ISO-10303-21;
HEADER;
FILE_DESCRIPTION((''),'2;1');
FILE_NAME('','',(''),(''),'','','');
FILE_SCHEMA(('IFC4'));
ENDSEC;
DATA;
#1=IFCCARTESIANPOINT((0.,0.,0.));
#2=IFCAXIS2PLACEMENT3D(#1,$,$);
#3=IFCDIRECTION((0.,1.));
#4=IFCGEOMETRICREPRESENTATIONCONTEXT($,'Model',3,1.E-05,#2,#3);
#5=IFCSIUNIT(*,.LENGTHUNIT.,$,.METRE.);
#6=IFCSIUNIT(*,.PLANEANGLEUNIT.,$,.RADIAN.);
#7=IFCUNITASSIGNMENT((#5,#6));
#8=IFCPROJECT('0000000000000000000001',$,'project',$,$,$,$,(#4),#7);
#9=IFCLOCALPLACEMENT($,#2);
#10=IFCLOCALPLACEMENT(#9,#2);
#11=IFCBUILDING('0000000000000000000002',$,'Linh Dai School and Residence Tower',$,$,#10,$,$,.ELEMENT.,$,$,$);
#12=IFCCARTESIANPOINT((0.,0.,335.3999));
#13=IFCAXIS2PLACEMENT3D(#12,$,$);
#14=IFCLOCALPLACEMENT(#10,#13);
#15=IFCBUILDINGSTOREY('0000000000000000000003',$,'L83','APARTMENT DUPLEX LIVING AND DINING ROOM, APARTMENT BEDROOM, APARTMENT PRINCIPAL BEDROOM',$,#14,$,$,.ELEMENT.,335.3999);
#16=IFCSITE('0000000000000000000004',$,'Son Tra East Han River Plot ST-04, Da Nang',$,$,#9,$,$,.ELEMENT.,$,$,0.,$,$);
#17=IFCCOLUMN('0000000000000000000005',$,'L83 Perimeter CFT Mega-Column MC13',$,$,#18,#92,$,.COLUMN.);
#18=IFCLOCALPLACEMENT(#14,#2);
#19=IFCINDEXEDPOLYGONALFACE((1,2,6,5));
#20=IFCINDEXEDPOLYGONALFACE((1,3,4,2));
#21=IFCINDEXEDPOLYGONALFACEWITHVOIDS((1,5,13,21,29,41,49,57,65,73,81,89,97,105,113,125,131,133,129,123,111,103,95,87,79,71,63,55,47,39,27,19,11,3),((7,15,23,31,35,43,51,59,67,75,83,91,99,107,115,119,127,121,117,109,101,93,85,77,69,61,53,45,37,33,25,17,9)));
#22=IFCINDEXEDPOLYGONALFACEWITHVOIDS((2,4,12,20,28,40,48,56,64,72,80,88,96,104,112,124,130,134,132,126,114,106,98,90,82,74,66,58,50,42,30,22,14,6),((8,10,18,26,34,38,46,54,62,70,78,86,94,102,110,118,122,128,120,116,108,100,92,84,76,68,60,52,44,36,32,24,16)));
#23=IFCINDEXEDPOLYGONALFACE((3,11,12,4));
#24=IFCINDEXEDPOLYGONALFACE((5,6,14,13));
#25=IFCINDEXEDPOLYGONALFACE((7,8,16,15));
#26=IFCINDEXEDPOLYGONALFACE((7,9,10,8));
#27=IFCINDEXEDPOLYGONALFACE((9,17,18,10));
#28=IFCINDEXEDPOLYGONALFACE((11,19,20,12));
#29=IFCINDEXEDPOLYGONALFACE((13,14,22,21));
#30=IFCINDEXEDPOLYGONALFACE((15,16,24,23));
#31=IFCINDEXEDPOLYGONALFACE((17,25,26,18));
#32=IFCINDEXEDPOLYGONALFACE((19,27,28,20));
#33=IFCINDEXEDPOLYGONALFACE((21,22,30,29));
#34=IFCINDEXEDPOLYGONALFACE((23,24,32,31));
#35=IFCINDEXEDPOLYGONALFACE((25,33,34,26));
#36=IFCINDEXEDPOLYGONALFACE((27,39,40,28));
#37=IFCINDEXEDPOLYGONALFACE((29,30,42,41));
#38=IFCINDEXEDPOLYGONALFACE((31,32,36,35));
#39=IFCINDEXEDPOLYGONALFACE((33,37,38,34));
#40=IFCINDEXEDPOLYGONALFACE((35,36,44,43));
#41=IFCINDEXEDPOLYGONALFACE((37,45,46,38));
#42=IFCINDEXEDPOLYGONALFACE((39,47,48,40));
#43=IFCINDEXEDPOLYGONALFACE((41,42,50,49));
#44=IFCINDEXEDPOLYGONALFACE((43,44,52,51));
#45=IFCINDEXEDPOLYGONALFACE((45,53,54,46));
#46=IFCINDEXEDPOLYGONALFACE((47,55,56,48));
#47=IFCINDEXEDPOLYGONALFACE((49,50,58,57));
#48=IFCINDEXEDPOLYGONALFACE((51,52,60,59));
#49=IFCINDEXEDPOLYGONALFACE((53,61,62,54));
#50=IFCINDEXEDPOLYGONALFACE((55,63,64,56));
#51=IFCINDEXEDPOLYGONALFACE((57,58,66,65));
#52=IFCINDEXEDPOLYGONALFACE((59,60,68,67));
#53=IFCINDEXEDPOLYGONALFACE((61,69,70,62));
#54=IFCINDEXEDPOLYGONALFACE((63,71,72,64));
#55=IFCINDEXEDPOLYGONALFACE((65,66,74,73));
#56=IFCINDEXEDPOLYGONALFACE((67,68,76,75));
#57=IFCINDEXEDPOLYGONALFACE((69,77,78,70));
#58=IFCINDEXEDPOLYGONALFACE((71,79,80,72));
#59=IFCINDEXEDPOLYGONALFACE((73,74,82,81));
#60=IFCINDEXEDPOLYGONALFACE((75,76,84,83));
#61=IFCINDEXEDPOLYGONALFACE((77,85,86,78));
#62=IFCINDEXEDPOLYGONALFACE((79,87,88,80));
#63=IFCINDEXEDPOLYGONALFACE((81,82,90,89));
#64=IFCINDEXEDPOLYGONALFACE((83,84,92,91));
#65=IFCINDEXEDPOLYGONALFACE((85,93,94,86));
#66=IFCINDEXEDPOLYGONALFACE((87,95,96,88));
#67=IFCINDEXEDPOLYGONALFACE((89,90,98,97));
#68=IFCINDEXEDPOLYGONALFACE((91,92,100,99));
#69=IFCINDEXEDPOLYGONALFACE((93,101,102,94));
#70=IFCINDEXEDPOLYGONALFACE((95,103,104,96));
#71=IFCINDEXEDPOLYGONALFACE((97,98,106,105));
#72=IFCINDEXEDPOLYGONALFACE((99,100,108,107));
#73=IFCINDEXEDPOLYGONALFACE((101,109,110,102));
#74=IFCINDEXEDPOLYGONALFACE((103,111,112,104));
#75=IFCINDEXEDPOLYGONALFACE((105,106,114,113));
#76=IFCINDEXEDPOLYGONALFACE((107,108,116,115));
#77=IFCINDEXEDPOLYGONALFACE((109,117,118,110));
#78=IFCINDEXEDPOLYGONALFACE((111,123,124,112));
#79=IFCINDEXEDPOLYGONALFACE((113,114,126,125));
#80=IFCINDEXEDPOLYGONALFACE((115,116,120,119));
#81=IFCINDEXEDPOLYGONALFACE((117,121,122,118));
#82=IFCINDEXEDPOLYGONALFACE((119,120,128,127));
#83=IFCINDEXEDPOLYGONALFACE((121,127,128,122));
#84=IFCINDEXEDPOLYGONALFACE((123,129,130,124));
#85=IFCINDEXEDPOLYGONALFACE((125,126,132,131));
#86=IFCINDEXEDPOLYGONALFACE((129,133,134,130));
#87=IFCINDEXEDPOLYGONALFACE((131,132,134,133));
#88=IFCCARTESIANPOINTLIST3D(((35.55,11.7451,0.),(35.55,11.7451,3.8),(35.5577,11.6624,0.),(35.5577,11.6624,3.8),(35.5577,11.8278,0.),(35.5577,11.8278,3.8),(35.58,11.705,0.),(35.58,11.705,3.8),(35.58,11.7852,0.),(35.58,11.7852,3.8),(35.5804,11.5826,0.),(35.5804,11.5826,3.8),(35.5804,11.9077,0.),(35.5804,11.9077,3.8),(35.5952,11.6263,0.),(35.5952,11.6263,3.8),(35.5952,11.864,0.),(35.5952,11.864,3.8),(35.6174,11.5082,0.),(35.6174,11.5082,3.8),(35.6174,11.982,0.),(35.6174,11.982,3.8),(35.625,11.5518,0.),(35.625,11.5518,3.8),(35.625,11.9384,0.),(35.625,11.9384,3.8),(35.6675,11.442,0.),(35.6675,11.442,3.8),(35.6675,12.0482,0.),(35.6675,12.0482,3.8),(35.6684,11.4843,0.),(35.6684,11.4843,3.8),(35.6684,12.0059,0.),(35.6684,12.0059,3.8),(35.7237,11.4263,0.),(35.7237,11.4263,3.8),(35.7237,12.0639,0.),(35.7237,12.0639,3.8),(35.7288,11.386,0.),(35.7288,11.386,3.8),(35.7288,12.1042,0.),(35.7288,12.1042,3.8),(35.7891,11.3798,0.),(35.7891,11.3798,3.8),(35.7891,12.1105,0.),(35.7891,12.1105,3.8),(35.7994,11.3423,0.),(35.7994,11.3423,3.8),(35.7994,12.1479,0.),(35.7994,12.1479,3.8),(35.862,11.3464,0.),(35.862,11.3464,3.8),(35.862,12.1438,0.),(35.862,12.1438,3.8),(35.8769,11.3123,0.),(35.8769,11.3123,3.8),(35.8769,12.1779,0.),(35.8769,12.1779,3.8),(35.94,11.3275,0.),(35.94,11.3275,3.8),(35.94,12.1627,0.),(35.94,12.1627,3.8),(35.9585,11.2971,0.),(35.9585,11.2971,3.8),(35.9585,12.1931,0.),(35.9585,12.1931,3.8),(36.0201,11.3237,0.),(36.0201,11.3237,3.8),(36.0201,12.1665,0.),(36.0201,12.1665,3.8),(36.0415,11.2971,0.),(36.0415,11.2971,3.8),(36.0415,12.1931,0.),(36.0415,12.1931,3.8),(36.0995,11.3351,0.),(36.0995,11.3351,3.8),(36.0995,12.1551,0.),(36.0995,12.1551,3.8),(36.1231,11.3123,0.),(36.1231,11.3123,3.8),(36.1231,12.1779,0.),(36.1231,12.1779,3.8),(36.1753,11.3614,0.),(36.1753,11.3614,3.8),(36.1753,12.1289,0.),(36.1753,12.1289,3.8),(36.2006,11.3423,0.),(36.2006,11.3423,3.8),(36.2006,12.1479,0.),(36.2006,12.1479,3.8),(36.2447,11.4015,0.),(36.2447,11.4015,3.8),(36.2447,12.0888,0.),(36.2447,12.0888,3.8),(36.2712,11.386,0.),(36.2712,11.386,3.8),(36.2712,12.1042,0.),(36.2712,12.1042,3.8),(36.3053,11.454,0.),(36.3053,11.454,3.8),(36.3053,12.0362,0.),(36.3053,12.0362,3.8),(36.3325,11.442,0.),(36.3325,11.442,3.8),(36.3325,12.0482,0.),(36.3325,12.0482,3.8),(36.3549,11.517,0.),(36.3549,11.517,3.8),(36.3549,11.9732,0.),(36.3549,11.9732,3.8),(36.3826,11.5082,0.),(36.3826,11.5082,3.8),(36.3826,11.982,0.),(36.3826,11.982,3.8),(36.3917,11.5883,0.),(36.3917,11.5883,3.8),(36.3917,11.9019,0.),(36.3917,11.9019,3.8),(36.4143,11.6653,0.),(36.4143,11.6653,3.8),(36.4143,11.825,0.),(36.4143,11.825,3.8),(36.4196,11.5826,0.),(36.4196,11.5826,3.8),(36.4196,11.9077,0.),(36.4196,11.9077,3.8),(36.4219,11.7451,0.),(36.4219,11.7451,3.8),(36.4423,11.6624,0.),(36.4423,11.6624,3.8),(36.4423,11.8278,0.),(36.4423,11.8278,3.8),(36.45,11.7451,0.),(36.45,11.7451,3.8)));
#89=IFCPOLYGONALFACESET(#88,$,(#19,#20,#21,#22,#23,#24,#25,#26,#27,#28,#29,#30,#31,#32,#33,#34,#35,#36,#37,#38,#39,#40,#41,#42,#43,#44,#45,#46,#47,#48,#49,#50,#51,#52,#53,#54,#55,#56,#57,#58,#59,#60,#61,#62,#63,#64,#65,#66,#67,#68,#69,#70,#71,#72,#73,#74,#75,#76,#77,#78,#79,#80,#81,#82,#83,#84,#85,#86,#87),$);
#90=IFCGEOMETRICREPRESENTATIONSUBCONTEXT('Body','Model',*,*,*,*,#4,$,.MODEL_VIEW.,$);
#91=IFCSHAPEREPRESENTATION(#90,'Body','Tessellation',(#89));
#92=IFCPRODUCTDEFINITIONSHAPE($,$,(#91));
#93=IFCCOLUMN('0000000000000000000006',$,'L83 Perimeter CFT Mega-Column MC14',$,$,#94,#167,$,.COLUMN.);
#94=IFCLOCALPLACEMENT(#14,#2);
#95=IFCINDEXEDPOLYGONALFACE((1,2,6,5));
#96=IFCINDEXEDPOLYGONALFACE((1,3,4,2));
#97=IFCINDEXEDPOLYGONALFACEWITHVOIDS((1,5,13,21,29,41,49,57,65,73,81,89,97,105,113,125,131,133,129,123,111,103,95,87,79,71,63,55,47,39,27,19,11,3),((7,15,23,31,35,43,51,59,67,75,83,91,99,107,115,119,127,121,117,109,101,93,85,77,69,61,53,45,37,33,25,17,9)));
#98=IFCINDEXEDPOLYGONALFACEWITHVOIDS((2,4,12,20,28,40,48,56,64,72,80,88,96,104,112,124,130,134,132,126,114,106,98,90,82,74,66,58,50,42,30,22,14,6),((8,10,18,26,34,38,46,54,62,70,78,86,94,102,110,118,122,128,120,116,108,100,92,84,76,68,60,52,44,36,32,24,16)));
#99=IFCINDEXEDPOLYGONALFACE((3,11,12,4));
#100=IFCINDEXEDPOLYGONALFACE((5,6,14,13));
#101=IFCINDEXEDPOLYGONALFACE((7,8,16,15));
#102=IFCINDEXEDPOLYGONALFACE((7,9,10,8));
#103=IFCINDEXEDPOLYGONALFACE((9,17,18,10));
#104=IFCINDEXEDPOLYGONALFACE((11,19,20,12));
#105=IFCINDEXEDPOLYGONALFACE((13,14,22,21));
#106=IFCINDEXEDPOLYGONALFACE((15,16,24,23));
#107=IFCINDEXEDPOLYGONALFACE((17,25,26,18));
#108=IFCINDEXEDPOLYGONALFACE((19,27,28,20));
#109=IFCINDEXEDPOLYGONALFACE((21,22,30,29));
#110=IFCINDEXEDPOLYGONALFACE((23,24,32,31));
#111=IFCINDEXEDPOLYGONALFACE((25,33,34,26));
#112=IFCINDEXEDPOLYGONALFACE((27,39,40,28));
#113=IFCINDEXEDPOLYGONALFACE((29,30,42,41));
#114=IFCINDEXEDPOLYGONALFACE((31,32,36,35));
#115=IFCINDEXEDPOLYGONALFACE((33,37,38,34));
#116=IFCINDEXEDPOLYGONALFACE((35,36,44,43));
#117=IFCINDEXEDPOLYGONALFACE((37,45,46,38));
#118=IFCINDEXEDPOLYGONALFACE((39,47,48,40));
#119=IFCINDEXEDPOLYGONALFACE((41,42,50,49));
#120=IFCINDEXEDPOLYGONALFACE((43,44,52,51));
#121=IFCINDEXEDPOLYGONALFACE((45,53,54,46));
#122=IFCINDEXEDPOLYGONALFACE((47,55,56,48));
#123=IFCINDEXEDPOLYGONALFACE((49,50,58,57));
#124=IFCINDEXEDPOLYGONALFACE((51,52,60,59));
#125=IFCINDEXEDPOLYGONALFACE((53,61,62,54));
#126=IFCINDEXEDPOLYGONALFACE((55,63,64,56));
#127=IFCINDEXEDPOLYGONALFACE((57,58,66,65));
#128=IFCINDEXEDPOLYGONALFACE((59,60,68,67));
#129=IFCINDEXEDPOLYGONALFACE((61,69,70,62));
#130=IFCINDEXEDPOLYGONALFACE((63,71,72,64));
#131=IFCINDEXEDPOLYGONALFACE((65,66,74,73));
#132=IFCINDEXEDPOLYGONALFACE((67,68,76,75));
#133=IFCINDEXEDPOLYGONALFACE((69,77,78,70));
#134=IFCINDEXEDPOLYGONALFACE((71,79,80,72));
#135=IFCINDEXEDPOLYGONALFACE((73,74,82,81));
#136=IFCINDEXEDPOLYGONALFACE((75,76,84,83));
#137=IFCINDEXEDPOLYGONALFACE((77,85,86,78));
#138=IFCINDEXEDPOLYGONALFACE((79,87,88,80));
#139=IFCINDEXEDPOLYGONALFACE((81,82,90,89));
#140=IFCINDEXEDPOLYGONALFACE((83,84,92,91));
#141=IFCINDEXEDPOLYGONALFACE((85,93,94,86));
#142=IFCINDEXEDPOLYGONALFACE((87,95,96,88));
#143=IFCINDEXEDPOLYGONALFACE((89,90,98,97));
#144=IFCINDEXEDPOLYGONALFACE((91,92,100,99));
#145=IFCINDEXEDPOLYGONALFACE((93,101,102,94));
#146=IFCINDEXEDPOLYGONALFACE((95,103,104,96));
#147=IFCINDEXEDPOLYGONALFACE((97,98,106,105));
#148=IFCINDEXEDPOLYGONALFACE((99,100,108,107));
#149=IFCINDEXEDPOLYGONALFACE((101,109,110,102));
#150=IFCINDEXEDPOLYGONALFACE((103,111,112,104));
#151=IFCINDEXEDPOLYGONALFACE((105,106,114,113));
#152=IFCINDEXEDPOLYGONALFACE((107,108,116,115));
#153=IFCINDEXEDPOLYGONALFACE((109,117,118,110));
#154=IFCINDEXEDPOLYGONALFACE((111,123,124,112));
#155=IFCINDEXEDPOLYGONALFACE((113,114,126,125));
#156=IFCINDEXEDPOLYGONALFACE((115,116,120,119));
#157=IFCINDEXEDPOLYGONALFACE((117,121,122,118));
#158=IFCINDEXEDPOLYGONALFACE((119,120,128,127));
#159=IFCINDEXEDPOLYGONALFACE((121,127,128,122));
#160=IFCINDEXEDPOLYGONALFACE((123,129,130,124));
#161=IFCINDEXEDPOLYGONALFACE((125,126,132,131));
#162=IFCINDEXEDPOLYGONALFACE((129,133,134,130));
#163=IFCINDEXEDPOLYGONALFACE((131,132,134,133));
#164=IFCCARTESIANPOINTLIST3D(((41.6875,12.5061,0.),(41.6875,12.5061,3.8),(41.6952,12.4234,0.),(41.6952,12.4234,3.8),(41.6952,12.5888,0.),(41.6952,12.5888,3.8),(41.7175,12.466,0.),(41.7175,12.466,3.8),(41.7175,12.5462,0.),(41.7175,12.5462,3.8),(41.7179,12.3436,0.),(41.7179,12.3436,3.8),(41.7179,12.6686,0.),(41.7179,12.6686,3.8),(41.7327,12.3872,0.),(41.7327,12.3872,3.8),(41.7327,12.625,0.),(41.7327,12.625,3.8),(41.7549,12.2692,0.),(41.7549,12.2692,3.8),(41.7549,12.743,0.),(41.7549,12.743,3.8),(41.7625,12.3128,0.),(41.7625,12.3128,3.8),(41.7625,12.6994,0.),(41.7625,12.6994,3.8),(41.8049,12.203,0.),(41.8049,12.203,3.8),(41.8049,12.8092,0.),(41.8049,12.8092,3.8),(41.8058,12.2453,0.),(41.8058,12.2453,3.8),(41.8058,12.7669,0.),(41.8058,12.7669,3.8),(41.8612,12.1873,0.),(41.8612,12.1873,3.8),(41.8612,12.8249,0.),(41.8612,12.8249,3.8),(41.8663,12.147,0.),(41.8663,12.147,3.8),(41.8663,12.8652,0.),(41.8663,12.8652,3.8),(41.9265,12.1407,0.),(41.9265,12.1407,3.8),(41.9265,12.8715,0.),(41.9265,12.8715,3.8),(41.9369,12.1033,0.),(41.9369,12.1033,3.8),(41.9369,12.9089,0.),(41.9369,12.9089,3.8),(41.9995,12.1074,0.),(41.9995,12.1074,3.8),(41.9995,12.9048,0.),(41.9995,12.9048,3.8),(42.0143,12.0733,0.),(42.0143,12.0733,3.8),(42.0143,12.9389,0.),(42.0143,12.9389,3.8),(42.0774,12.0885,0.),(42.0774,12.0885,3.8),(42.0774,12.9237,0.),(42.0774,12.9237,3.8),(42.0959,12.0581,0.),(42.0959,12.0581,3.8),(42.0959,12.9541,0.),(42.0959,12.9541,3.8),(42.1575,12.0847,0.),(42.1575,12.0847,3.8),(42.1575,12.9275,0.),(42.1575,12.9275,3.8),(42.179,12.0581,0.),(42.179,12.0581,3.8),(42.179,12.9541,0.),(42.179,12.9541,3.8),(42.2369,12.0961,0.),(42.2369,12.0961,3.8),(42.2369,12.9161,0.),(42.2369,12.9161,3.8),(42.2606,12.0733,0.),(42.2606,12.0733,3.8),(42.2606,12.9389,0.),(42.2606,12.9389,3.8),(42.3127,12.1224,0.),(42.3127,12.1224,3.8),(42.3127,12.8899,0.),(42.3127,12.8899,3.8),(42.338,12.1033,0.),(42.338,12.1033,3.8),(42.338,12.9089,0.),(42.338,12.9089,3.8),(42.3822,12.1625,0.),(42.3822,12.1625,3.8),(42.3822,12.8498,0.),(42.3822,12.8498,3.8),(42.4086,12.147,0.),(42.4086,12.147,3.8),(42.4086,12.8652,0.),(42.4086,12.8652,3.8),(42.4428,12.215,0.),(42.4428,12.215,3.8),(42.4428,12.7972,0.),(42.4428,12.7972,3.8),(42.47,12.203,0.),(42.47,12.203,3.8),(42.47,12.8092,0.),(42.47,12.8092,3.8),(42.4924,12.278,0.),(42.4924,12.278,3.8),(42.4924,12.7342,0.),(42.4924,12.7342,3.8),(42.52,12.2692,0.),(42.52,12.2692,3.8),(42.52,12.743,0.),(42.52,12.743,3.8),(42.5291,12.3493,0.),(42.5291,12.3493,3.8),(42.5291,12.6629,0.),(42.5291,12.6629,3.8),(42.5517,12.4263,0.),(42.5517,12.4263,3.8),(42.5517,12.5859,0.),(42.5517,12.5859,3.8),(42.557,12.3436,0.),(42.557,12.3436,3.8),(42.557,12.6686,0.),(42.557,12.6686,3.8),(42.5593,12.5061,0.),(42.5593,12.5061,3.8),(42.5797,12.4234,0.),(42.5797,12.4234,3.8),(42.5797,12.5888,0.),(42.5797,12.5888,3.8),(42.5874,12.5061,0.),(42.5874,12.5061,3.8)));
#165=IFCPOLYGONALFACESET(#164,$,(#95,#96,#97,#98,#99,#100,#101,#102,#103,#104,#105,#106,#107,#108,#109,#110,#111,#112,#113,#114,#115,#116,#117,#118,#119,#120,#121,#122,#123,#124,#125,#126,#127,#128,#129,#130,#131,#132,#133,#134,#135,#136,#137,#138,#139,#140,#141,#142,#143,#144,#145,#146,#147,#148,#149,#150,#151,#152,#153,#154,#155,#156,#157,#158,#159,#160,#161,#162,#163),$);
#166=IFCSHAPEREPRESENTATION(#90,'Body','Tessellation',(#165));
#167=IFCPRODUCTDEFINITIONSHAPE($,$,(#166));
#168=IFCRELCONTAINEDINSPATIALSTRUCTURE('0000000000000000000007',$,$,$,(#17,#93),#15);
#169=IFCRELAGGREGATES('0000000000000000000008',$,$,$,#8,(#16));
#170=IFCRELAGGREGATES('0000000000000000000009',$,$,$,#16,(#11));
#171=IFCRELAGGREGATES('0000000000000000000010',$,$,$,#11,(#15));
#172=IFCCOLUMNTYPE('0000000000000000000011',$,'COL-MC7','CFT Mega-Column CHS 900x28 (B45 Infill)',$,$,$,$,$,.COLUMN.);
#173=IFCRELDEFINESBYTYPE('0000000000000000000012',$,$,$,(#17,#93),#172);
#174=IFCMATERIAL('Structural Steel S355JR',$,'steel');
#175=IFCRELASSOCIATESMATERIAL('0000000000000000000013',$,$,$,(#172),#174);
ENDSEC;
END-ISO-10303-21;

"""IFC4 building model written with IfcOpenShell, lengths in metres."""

from ifc_helpers import new_model, si_unit, direction, frame, origin, origin_2d, place, context, subcontext, project, spatial, hollow_circle, extrude, material, material_profile, profile_set, type_object, element, save


model = new_model("IFC4")

# Units and contexts
model_context = context("Model", 3, precision=1e-05, world=origin(), true_north=direction((0.0, 1.0)))
body_context = subcontext(model_context, "Body", "Model", "MODEL_VIEW")
ifc_project = project(units=[si_unit("LENGTHUNIT", "METRE"), si_unit("PLANEANGLEUNIT", "RADIAN")], contexts=[model_context])

# Site, building, storey
site_placement = place(None, origin())
site = spatial("IfcSite", under=ifc_project, at=site_placement, Name="Son Tra East Han River Plot ST-04, Da Nang", CompositionType="ELEMENT", RefElevation=0.0)
building_placement = place(site_placement, origin())
building = spatial("IfcBuilding", under=site, at=building_placement, Name="Linh Dai School and Residence Tower", CompositionType="ELEMENT")
storey_placement = place(building_placement, frame((0.0, 0.0, 335.3999)))
storey = spatial("IfcBuildingStorey", under=building, at=storey_placement, Name="L83", Description="APARTMENT DUPLEX LIVING AND DINING ROOM, APARTMENT BEDROOM, APARTMENT PRINCIPAL BEDROOM", CompositionType="ELEMENT", Elevation=335.3999)

# Columns
ifc_material_1 = material(Name="Structural Steel S355JR", Category="steel")
ifc_material_profile_1 = material_profile(ifc_material_1, hollow_circle(Radius=0.45, WallThickness=0.0281, at=origin_2d()), Name="CHS 900x28")
ifc_profile_set_1 = profile_set([ifc_material_profile_1], Name="Structural Steel S355JR")
column_type = type_object("IfcColumnType", Name="COL-MC7", Description="CFT Mega-Column CHS 900x28 (B45 Infill)", PredefinedType="COLUMN", material=ifc_profile_set_1)
for number, where, z_axis, x_axis, name in (
    (1, (36.0, 11.7451, 0.0), (0.0, 0.0, 1.0), (1.0, 0.0, 0.0), "L83 Perimeter CFT Mega-Column MC13"),
    (2, (42.1375, 12.5061, 0.0), (0.0, 0.0, 1.0), (1.0, 0.0, 0.0), "L83 Perimeter CFT Mega-Column MC14"),
):
    element("IfcColumn", number, at=place(storey_placement, frame(where, z_axis=z_axis, x_axis=x_axis)), inside=storey, type_object=column_type, Name=name, PredefinedType="COLUMN", context=body_context, shape_type="SweptSolid", body=[
        extrude(hollow_circle(Radius=0.45, WallThickness=0.0281, at=origin_2d()), origin(), (0.0, 0.0, 1.0), 3.8),
    ])

save(model, "model.ifc")
